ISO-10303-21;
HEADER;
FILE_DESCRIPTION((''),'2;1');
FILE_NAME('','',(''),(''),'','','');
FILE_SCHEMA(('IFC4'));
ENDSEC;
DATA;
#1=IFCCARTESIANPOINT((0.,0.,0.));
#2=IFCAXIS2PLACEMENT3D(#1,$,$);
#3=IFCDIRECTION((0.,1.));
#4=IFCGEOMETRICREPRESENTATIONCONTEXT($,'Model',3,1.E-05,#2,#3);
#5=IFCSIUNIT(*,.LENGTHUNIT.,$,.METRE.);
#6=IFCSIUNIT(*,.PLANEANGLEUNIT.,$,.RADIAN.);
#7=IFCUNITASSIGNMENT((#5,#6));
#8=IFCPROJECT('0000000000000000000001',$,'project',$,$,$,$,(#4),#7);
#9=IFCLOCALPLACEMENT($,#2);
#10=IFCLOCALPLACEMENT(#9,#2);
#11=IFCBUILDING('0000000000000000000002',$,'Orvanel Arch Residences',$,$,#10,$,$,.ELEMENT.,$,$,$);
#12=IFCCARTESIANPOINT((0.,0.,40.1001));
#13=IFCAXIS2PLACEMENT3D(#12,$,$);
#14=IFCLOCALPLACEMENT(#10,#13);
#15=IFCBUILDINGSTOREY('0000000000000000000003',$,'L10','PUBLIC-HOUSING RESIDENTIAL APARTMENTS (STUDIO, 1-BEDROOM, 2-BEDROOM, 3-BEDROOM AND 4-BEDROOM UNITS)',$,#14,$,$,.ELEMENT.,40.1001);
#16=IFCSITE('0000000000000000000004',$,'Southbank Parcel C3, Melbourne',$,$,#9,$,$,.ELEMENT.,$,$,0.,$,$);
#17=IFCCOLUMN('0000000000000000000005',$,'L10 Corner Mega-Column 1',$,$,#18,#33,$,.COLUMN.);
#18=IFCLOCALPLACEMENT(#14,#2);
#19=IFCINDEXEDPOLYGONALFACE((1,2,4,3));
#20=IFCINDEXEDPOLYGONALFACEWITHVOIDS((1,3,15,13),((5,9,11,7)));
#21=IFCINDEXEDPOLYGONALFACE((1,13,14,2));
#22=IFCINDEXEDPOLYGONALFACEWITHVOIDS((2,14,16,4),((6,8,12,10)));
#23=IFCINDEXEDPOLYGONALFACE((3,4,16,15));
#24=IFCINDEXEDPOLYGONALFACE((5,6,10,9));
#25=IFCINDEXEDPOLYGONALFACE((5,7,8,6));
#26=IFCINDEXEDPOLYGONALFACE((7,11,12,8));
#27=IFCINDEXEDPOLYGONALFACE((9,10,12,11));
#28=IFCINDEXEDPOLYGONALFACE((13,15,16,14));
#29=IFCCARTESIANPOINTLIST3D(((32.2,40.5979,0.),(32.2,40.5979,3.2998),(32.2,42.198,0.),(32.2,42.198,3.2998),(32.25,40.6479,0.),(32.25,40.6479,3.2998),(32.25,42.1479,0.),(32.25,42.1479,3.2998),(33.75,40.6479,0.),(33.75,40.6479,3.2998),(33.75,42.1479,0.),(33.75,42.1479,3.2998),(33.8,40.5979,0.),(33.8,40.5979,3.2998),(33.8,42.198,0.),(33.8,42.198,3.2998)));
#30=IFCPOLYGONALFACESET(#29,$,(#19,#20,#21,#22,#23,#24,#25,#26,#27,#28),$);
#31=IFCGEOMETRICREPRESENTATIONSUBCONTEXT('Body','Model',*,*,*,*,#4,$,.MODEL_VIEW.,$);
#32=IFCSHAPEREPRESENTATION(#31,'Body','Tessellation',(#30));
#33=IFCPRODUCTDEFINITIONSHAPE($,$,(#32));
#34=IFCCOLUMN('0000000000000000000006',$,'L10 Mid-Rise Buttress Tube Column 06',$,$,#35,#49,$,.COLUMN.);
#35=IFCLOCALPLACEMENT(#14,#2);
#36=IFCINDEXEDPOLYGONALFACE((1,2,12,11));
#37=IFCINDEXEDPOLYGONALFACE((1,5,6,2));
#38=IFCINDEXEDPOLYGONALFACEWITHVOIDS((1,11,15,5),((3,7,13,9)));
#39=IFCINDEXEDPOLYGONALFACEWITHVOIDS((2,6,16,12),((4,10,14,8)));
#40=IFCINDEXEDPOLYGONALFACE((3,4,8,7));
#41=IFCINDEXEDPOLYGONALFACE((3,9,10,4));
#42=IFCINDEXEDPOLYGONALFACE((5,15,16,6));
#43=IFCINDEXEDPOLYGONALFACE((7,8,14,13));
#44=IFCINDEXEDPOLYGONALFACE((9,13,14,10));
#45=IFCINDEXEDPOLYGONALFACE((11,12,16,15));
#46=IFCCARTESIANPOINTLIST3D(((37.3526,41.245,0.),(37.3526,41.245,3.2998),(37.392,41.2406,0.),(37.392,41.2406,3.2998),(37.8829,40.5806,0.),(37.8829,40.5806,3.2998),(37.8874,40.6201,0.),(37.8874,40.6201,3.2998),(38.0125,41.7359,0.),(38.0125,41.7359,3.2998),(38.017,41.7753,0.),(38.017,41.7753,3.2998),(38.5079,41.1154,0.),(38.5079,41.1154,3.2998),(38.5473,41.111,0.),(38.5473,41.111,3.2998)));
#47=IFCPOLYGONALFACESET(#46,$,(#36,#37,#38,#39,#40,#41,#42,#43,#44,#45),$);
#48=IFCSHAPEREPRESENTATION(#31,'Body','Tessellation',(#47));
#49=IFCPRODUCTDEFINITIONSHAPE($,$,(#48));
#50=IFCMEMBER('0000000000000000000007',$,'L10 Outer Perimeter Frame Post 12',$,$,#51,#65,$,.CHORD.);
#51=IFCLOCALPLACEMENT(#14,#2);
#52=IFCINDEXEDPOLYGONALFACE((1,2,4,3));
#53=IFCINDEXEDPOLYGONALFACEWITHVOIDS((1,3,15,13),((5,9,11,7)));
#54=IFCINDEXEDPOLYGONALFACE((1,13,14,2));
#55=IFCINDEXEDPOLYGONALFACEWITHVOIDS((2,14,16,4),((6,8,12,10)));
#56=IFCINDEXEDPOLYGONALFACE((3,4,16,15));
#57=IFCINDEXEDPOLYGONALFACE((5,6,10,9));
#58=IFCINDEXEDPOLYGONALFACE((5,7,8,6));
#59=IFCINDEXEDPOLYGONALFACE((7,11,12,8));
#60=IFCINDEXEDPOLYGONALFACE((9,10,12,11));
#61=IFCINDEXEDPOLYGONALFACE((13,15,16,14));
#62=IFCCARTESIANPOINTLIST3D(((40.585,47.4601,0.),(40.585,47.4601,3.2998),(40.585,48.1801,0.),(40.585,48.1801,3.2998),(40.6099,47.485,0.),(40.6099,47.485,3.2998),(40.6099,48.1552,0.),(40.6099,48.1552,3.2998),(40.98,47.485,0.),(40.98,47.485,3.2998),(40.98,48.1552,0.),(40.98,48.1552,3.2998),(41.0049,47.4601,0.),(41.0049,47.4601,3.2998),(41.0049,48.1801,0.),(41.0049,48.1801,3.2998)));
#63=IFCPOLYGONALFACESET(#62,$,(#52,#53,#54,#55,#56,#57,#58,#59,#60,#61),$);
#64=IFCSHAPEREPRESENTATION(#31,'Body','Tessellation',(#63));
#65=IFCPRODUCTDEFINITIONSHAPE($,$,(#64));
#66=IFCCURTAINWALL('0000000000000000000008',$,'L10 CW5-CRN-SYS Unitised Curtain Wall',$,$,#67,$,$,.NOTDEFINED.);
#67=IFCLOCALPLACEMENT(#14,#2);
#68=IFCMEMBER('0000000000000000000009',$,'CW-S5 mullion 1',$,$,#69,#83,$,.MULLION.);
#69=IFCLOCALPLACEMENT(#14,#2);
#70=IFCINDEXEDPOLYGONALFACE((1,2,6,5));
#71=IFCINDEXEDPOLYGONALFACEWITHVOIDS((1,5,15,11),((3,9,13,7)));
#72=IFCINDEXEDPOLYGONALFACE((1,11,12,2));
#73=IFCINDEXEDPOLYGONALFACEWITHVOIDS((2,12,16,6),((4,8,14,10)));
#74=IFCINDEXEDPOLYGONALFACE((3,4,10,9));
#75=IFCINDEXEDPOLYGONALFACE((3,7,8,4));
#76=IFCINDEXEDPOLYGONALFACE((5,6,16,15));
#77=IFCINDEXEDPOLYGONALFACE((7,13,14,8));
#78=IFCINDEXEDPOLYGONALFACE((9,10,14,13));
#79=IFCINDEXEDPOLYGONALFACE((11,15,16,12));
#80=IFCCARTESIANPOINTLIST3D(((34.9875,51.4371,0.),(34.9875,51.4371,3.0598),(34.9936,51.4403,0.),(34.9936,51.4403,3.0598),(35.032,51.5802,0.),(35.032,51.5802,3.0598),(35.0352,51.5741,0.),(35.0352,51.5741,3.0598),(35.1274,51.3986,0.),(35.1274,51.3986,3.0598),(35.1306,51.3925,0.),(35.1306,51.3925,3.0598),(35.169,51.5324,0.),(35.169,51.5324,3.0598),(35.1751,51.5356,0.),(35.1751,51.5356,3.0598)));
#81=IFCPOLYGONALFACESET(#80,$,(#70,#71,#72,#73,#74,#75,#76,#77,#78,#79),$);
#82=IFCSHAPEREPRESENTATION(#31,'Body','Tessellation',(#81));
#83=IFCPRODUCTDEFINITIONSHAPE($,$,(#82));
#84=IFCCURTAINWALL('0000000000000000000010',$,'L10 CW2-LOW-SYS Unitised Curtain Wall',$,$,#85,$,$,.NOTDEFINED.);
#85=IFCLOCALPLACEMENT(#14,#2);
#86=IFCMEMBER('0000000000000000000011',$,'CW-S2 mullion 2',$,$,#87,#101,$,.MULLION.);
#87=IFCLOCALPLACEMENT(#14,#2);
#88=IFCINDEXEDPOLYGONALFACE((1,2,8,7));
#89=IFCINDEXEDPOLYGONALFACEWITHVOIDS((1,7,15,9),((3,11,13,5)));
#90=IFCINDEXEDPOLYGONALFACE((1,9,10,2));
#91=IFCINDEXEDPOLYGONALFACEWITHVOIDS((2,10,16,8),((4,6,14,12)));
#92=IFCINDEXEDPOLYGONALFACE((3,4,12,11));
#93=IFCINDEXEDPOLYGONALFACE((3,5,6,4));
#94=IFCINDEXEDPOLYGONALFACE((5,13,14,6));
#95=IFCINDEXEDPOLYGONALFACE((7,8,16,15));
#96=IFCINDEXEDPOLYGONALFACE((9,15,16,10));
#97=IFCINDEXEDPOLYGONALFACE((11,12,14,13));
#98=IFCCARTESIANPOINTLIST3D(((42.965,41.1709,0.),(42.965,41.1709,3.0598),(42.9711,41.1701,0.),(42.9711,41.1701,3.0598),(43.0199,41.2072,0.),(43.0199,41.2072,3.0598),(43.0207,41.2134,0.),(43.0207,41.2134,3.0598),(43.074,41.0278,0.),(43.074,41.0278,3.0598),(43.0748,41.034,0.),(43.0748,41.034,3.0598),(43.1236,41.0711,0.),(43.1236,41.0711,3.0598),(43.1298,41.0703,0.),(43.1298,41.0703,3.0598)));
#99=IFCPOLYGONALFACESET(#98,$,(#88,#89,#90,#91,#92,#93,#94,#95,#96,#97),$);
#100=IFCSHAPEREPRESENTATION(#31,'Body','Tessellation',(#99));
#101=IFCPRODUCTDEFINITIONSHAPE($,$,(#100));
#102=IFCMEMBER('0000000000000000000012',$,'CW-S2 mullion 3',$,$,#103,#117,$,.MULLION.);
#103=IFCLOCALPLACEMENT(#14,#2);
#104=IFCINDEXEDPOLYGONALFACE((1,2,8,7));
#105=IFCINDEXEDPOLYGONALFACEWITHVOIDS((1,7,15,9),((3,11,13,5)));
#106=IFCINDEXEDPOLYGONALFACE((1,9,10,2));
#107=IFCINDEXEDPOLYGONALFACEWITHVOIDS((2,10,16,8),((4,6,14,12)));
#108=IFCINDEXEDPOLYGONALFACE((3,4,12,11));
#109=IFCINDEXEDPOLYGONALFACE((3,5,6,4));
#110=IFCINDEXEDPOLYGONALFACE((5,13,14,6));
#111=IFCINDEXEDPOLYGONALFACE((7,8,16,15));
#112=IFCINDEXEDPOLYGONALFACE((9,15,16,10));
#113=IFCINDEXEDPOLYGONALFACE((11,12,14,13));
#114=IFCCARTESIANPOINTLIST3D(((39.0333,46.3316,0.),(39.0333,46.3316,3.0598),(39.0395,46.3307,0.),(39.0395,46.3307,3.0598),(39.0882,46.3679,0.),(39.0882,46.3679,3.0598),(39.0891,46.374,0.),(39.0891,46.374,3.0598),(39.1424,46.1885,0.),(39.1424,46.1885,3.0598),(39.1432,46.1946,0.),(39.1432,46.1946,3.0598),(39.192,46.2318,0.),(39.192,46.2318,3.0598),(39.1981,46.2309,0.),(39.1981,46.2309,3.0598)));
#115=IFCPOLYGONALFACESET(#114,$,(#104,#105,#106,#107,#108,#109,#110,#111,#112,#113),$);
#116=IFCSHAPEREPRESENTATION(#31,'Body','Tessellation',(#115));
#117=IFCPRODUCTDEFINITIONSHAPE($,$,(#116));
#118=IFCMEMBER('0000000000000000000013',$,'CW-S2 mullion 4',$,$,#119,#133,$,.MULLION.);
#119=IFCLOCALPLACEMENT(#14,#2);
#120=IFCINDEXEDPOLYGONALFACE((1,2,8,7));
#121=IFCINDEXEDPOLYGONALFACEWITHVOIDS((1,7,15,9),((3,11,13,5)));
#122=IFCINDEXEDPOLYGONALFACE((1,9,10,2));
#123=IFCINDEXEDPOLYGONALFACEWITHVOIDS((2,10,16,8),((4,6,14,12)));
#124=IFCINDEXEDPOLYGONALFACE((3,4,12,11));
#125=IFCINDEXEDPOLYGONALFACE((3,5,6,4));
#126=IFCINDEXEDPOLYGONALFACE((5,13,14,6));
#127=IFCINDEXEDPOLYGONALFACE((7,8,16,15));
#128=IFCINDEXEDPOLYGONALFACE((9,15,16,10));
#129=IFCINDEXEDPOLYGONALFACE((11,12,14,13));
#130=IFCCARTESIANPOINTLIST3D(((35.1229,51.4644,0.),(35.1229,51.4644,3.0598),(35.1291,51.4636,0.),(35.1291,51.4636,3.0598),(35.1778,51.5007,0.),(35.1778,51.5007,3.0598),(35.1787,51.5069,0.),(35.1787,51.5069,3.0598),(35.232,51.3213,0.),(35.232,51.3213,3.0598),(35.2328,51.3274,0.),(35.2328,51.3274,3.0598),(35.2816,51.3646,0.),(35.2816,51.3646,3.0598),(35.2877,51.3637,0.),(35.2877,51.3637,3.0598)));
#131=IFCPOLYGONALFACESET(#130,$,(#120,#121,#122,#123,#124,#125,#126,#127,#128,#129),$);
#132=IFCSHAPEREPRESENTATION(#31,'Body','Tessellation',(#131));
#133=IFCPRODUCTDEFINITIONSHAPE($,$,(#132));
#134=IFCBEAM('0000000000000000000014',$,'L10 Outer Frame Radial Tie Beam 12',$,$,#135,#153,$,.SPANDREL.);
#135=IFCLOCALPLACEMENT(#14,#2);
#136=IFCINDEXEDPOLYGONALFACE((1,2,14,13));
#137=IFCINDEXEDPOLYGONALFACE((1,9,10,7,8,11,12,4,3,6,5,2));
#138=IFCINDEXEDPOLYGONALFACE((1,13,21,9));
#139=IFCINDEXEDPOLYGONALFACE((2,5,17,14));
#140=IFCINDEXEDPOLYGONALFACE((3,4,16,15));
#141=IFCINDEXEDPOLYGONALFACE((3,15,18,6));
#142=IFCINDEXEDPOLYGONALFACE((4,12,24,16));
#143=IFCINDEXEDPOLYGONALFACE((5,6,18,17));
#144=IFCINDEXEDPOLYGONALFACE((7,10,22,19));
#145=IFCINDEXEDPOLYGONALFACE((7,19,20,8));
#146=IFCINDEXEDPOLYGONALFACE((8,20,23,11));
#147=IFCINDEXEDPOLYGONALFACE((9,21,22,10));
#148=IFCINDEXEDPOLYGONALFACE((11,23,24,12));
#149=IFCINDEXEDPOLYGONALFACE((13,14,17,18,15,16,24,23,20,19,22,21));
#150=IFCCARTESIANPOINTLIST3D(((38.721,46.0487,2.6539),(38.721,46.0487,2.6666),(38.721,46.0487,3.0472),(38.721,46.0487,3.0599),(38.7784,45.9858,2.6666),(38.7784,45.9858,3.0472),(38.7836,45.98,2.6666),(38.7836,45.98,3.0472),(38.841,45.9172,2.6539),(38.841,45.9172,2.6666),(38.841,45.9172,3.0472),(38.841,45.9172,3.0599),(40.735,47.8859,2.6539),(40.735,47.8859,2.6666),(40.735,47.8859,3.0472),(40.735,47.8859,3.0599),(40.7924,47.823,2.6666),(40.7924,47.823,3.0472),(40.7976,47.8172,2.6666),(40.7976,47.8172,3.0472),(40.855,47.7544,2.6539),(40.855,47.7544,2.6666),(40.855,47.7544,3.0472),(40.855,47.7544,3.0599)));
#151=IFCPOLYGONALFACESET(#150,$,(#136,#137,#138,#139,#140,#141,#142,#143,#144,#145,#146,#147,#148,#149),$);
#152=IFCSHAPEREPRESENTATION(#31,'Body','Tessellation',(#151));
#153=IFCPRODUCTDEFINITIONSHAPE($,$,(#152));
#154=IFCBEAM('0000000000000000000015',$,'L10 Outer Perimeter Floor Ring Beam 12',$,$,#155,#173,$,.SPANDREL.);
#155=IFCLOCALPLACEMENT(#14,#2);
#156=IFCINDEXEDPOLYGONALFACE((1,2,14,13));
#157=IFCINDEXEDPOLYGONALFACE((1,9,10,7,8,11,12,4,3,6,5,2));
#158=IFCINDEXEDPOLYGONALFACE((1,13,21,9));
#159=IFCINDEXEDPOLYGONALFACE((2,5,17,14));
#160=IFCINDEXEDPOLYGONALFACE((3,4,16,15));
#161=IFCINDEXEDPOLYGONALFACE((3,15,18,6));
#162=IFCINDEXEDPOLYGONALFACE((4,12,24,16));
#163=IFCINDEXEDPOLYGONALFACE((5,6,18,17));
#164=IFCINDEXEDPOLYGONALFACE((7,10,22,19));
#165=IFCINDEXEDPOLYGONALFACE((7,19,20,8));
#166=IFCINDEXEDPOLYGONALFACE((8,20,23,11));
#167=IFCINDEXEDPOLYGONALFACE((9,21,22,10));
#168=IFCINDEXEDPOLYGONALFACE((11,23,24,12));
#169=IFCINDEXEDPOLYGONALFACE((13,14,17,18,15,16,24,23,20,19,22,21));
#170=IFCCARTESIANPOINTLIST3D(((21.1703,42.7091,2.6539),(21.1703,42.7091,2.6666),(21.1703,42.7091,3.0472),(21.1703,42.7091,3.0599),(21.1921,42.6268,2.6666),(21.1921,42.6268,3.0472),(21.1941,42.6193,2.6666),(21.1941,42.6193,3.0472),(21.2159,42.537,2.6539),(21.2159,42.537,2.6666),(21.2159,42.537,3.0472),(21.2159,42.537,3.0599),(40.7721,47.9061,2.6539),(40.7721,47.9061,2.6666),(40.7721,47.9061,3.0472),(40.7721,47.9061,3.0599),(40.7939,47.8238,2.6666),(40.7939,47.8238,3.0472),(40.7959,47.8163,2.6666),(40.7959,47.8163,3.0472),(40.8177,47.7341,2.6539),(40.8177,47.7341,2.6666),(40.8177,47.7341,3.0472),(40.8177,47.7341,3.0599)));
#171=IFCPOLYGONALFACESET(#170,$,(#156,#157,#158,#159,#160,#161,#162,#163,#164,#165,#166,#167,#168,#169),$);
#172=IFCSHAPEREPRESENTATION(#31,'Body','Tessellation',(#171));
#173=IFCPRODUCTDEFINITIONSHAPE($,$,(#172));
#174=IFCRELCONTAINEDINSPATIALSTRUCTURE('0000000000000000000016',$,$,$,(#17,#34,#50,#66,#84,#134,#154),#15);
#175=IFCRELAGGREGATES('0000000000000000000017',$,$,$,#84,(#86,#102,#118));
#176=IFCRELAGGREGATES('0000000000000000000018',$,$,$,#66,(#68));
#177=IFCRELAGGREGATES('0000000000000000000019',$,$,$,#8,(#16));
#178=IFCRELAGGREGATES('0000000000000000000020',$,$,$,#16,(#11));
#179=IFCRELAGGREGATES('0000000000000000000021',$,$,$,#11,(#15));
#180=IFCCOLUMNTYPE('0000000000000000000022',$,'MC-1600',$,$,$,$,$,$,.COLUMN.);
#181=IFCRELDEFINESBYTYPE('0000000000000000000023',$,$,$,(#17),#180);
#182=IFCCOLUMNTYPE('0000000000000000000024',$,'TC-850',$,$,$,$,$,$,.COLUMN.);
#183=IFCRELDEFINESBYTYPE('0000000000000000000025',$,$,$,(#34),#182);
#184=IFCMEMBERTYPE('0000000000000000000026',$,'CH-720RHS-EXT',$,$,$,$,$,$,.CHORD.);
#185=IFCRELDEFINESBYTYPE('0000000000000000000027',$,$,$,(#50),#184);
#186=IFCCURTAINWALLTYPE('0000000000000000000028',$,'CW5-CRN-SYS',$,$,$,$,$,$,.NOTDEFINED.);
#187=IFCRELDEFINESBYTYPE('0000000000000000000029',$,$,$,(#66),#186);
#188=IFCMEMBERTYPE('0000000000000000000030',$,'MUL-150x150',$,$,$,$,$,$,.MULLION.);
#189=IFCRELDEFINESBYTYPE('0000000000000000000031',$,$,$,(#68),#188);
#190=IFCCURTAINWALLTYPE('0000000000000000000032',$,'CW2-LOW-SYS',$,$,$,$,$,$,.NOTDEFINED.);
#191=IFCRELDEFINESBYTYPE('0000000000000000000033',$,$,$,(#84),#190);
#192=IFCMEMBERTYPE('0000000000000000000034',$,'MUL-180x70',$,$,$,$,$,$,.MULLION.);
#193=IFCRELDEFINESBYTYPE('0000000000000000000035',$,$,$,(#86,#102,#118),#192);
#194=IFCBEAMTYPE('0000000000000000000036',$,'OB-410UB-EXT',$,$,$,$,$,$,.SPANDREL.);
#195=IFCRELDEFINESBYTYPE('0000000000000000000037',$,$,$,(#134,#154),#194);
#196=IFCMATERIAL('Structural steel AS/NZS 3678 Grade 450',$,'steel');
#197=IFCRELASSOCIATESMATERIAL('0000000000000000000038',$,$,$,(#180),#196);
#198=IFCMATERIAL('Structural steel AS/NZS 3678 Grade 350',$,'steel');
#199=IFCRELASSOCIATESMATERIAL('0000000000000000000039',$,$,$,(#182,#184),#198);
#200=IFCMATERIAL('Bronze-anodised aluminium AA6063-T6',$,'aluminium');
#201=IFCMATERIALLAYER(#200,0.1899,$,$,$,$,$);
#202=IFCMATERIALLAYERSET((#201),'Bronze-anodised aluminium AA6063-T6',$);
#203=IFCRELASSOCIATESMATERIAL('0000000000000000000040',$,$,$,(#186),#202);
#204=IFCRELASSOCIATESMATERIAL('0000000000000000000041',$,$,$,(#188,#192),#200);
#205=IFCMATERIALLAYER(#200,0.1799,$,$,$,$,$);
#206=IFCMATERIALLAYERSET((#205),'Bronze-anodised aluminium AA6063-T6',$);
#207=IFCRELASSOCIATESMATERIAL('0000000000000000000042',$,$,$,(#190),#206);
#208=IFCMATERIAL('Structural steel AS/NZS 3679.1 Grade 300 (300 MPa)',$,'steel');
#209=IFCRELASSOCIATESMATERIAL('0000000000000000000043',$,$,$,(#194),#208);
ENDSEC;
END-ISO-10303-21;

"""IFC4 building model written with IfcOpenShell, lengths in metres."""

from ifc_helpers import new_model, si_unit, direction, frame, origin, origin_2d, place, context, subcontext, project, spatial, hollow_rectangle, i_section, extrude, material, layer, layer_set, material_profile, profile_set, type_object, element, aggregate, save


model = new_model("IFC4")

# Units and contexts
model_context = context("Model", 3, precision=1e-05, world=origin(), true_north=direction((0.0, 1.0)))
body_context = subcontext(model_context, "Body", "Model", "MODEL_VIEW")
ifc_project = project(units=[si_unit("LENGTHUNIT", "METRE"), si_unit("PLANEANGLEUNIT", "RADIAN")], contexts=[model_context])

# Site, building, storey
site_placement = place(None, origin())
site = spatial("IfcSite", under=ifc_project, at=site_placement, Name="Southbank Parcel C3, Melbourne", CompositionType="ELEMENT", RefElevation=0.0)
building_placement = place(site_placement, origin())
building = spatial("IfcBuilding", under=site, at=building_placement, Name="Orvanel Arch Residences", CompositionType="ELEMENT")
storey_placement = place(building_placement, frame((0.0, 0.0, 40.1001)))
storey = spatial("IfcBuildingStorey", under=building, at=storey_placement, Name="L10", Description="PUBLIC-HOUSING RESIDENTIAL APARTMENTS (STUDIO, 1-BEDROOM, 2-BEDROOM, 3-BEDROOM AND 4-BEDROOM UNITS)", CompositionType="ELEMENT", Elevation=40.1001)

# Columns
ifc_material_1 = material(Name="Structural steel AS/NZS 3678 Grade 450", Category="steel")
ifc_material_profile_1 = material_profile(ifc_material_1, hollow_rectangle(XDim=1.6001, YDim=1.6001, WallThickness=0.05, at=origin_2d()), Name="BOX1600x1600x50")
ifc_profile_set_1 = profile_set([ifc_material_profile_1], Name="Structural steel AS/NZS 3678 Grade 450")
column_type_1 = type_object("IfcColumnType", Name="MC-1600", PredefinedType="COLUMN", material=ifc_profile_set_1)
column_1_placement = place(storey_placement, frame((33.0, 41.3979, 0.0), z_axis=(0.0, 0.0, 1.0), x_axis=(1.0, 0.0, 0.0)))
element("IfcColumn", 1, at=column_1_placement, inside=storey, type_object=column_type_1, Name="L10 Corner Mega-Column 1", PredefinedType="COLUMN", context=body_context, shape_type="SweptSolid", body=[
    extrude(hollow_rectangle(XDim=1.6001, YDim=1.6001, WallThickness=0.05, at=origin_2d()), origin(), (0.0, 0.0, 1.0), 3.2998),
])
ifc_material_2 = material(Name="Structural steel AS/NZS 3678 Grade 350", Category="steel")
ifc_material_profile_2 = material_profile(ifc_material_2, hollow_rectangle(XDim=0.8501, YDim=0.8501, WallThickness=0.0281, at=origin_2d()), Name="BOX850x850x28")
ifc_profile_set_2 = profile_set([ifc_material_profile_2], Name="Structural steel AS/NZS 3678 Grade 350")
column_type_2 = type_object("IfcColumnType", Name="TC-850", PredefinedType="COLUMN", material=ifc_profile_set_2)
column_2_placement = place(storey_placement, frame((37.95, 41.178, 0.0), z_axis=(0.0, 0.0, 1.0), x_axis=(-0.62388, 0.78152, 0.0)))
element("IfcColumn", 2, at=column_2_placement, inside=storey, type_object=column_type_2, Name="L10 Mid-Rise Buttress Tube Column 06", PredefinedType="COLUMN", context=body_context, shape_type="SweptSolid", body=[
    extrude(hollow_rectangle(XDim=0.8501, YDim=0.8501, WallThickness=0.0281, at=origin_2d()), origin(), (0.0, 0.0, 1.0), 3.2998),
])

# Member
ifc_material_profile_3 = material_profile(ifc_material_2, hollow_rectangle(XDim=0.4199, YDim=0.72, WallThickness=0.0249, at=origin_2d()), Name="RHS720x420x25")
ifc_profile_set_3 = profile_set([ifc_material_profile_3], Name="Structural steel AS/NZS 3678 Grade 350")
member_type_1 = type_object("IfcMemberType", Name="CH-720RHS-EXT", PredefinedType="CHORD", material=ifc_profile_set_3)
member_1_placement = place(storey_placement, frame((40.7949, 47.8201, 0.0), z_axis=(0.0, 0.0, 1.0), x_axis=(1.0, 0.0, 0.0)))
element("IfcMember", 3, at=member_1_placement, inside=storey, type_object=member_type_1, Name="L10 Outer Perimeter Frame Post 12", PredefinedType="CHORD", context=body_context, shape_type="SweptSolid", body=[
    extrude(hollow_rectangle(XDim=0.4199, YDim=0.72, WallThickness=0.0249, at=origin_2d()), origin(), (0.0, 0.0, 1.0), 3.2998),
])

# Curtain wall, member
ifc_material_3 = material(Name="Bronze-anodised aluminium AA6063-T6", Category="aluminium")
ifc_layer_1 = layer(ifc_material_3, 0.1899)
ifc_layer_set_1 = layer_set([ifc_layer_1], Name="Bronze-anodised aluminium AA6063-T6")
curtain_wall_type_1 = type_object("IfcCurtainWallType", Name="CW5-CRN-SYS", PredefinedType="NOTDEFINED", material=ifc_layer_set_1)
curtain_wall_1_placement = place(storey_placement, origin())
curtain_wall_1 = element("IfcCurtainWall", 4, at=curtain_wall_1_placement, inside=storey, type_object=curtain_wall_type_1, Name="L10 CW5-CRN-SYS Unitised Curtain Wall", PredefinedType="NOTDEFINED")
ifc_material_profile_4 = material_profile(ifc_material_3, hollow_rectangle(XDim=0.1499, YDim=0.1499, WallThickness=0.0049, at=origin_2d()), Name="ALU150x150x5")
ifc_profile_set_4 = profile_set([ifc_material_profile_4], Name="Bronze-anodised aluminium AA6063-T6")
member_type_2 = type_object("IfcMemberType", Name="MUL-150x150", PredefinedType="MULLION", material=ifc_profile_set_4)
member_2_placement = place(storey_placement, frame((35.0813, 51.4863, 0.0), z_axis=(0.0, 0.0, 1.0), x_axis=(-0.297324, -0.954777, 0.0)))
member_2 = element("IfcMember", 5, at=member_2_placement, type_object=member_type_2, Name="CW-S5 mullion 1", PredefinedType="MULLION", context=body_context, shape_type="SweptSolid", body=[
    extrude(hollow_rectangle(XDim=0.1499, YDim=0.1499, WallThickness=0.0049, at=origin_2d()), origin(), (0.0, 0.0, 1.0), 3.0598),
])

# Curtain wall, members
ifc_layer_2 = layer(ifc_material_3, 0.1799)
ifc_layer_set_2 = layer_set([ifc_layer_2], Name="Bronze-anodised aluminium AA6063-T6")
curtain_wall_type_2 = type_object("IfcCurtainWallType", Name="CW2-LOW-SYS", PredefinedType="NOTDEFINED", material=ifc_layer_set_2)
curtain_wall_2_placement = place(storey_placement, origin())
curtain_wall_2 = element("IfcCurtainWall", 6, at=curtain_wall_2_placement, inside=storey, type_object=curtain_wall_type_2, Name="L10 CW2-LOW-SYS Unitised Curtain Wall", PredefinedType="NOTDEFINED")
ifc_material_profile_5 = material_profile(ifc_material_3, hollow_rectangle(XDim=0.0701, YDim=0.1799, WallThickness=0.0044, at=origin_2d()), Name="ALU180x70x4.5")
ifc_profile_set_5 = profile_set([ifc_material_profile_5], Name="Bronze-anodised aluminium AA6063-T6")
member_type_3 = type_object("IfcMemberType", Name="MUL-180x70", PredefinedType="MULLION", material=ifc_profile_set_5)
member_3_placement = place(storey_placement, frame((43.0474, 41.1206, 0.0), z_axis=(0.0, 0.0, 1.0), x_axis=(-0.795452, -0.606017, 0.0)))
member_3 = element("IfcMember", 7, at=member_3_placement, type_object=member_type_3, Name="CW-S2 mullion 2", PredefinedType="MULLION", context=body_context, shape_type="SweptSolid", body=[
    extrude(hollow_rectangle(XDim=0.0701, YDim=0.1799, WallThickness=0.0044, at=origin_2d()), origin(), (0.0, 0.0, 1.0), 3.0598),
])
member_4_placement = place(storey_placement, frame((39.1157, 46.2812, 0.0), z_axis=(0.0, 0.0, 1.0), x_axis=(-0.795452, -0.606017, 0.0)))
member_4 = element("IfcMember", 8, at=member_4_placement, type_object=member_type_3, Name="CW-S2 mullion 3", PredefinedType="MULLION", context=body_context, shape_type="SweptSolid", body=[
    extrude(hollow_rectangle(XDim=0.0701, YDim=0.1799, WallThickness=0.0044, at=origin_2d()), origin(), (0.0, 0.0, 1.0), 3.0598),
])
member_5_placement = place(storey_placement, frame((35.2053, 51.4141, 0.0), z_axis=(0.0, 0.0, 1.0), x_axis=(-0.795452, -0.606017, 0.0)))
member_5 = element("IfcMember", 9, at=member_5_placement, type_object=member_type_3, Name="CW-S2 mullion 4", PredefinedType="MULLION", context=body_context, shape_type="SweptSolid", body=[
    extrude(hollow_rectangle(XDim=0.0701, YDim=0.1799, WallThickness=0.0044, at=origin_2d()), origin(), (0.0, 0.0, 1.0), 3.0598),
])

# Beams
ifc_material_4 = material(Name="Structural steel AS/NZS 3679.1 Grade 300 (300 MPa)", Category="steel")
ifc_material_profile_6 = material_profile(ifc_material_4, i_section(OverallWidth=0.178, OverallDepth=0.406, WebThickness=0.0078, FlangeThickness=0.0127, at=origin_2d()), Name="410UB59.7")
ifc_profile_set_6 = profile_set([ifc_material_profile_6], Name="Structural steel AS/NZS 3679.1 Grade 300 (300 MPa)")
beam_type_1 = type_object("IfcBeamType", Name="OB-410UB-EXT", PredefinedType="SPANDREL", material=ifc_profile_set_6)
beam_1_placement = place(storey_placement, frame((38.781, 45.9829, 2.8569), z_axis=(0.738784, 0.673942, 0.0), x_axis=(-0.673942, 0.738784, 0.0)))
element("IfcBeam", 10, at=beam_1_placement, inside=storey, type_object=beam_type_1, Name="L10 Outer Frame Radial Tie Beam 12", PredefinedType="SPANDREL", context=body_context, shape_type="SweptSolid", body=[
    extrude(i_section(OverallWidth=0.178, OverallDepth=0.406, WebThickness=0.0078, FlangeThickness=0.0127, at=origin_2d()), origin(), (0.0, 0.0, 1.0), 2.7261),
])
beam_2_placement = place(storey_placement, frame((40.7949, 47.8201, 2.8569), z_axis=(-0.966604, -0.256275, 0.0), x_axis=(0.256275, -0.966604, 0.0)))
element("IfcBeam", 11, at=beam_2_placement, inside=storey, type_object=beam_type_1, Name="L10 Outer Perimeter Floor Ring Beam 12", PredefinedType="SPANDREL", context=body_context, shape_type="SweptSolid", body=[
    extrude(i_section(OverallWidth=0.178, OverallDepth=0.406, WebThickness=0.0078, FlangeThickness=0.0127, at=origin_2d()), origin(), (0.0, 0.0, 1.0), 20.2791),
])

aggregate(curtain_wall_2, [member_3, member_4, member_5])
aggregate(curtain_wall_1, [member_2])

save(model, "model.ifc")
